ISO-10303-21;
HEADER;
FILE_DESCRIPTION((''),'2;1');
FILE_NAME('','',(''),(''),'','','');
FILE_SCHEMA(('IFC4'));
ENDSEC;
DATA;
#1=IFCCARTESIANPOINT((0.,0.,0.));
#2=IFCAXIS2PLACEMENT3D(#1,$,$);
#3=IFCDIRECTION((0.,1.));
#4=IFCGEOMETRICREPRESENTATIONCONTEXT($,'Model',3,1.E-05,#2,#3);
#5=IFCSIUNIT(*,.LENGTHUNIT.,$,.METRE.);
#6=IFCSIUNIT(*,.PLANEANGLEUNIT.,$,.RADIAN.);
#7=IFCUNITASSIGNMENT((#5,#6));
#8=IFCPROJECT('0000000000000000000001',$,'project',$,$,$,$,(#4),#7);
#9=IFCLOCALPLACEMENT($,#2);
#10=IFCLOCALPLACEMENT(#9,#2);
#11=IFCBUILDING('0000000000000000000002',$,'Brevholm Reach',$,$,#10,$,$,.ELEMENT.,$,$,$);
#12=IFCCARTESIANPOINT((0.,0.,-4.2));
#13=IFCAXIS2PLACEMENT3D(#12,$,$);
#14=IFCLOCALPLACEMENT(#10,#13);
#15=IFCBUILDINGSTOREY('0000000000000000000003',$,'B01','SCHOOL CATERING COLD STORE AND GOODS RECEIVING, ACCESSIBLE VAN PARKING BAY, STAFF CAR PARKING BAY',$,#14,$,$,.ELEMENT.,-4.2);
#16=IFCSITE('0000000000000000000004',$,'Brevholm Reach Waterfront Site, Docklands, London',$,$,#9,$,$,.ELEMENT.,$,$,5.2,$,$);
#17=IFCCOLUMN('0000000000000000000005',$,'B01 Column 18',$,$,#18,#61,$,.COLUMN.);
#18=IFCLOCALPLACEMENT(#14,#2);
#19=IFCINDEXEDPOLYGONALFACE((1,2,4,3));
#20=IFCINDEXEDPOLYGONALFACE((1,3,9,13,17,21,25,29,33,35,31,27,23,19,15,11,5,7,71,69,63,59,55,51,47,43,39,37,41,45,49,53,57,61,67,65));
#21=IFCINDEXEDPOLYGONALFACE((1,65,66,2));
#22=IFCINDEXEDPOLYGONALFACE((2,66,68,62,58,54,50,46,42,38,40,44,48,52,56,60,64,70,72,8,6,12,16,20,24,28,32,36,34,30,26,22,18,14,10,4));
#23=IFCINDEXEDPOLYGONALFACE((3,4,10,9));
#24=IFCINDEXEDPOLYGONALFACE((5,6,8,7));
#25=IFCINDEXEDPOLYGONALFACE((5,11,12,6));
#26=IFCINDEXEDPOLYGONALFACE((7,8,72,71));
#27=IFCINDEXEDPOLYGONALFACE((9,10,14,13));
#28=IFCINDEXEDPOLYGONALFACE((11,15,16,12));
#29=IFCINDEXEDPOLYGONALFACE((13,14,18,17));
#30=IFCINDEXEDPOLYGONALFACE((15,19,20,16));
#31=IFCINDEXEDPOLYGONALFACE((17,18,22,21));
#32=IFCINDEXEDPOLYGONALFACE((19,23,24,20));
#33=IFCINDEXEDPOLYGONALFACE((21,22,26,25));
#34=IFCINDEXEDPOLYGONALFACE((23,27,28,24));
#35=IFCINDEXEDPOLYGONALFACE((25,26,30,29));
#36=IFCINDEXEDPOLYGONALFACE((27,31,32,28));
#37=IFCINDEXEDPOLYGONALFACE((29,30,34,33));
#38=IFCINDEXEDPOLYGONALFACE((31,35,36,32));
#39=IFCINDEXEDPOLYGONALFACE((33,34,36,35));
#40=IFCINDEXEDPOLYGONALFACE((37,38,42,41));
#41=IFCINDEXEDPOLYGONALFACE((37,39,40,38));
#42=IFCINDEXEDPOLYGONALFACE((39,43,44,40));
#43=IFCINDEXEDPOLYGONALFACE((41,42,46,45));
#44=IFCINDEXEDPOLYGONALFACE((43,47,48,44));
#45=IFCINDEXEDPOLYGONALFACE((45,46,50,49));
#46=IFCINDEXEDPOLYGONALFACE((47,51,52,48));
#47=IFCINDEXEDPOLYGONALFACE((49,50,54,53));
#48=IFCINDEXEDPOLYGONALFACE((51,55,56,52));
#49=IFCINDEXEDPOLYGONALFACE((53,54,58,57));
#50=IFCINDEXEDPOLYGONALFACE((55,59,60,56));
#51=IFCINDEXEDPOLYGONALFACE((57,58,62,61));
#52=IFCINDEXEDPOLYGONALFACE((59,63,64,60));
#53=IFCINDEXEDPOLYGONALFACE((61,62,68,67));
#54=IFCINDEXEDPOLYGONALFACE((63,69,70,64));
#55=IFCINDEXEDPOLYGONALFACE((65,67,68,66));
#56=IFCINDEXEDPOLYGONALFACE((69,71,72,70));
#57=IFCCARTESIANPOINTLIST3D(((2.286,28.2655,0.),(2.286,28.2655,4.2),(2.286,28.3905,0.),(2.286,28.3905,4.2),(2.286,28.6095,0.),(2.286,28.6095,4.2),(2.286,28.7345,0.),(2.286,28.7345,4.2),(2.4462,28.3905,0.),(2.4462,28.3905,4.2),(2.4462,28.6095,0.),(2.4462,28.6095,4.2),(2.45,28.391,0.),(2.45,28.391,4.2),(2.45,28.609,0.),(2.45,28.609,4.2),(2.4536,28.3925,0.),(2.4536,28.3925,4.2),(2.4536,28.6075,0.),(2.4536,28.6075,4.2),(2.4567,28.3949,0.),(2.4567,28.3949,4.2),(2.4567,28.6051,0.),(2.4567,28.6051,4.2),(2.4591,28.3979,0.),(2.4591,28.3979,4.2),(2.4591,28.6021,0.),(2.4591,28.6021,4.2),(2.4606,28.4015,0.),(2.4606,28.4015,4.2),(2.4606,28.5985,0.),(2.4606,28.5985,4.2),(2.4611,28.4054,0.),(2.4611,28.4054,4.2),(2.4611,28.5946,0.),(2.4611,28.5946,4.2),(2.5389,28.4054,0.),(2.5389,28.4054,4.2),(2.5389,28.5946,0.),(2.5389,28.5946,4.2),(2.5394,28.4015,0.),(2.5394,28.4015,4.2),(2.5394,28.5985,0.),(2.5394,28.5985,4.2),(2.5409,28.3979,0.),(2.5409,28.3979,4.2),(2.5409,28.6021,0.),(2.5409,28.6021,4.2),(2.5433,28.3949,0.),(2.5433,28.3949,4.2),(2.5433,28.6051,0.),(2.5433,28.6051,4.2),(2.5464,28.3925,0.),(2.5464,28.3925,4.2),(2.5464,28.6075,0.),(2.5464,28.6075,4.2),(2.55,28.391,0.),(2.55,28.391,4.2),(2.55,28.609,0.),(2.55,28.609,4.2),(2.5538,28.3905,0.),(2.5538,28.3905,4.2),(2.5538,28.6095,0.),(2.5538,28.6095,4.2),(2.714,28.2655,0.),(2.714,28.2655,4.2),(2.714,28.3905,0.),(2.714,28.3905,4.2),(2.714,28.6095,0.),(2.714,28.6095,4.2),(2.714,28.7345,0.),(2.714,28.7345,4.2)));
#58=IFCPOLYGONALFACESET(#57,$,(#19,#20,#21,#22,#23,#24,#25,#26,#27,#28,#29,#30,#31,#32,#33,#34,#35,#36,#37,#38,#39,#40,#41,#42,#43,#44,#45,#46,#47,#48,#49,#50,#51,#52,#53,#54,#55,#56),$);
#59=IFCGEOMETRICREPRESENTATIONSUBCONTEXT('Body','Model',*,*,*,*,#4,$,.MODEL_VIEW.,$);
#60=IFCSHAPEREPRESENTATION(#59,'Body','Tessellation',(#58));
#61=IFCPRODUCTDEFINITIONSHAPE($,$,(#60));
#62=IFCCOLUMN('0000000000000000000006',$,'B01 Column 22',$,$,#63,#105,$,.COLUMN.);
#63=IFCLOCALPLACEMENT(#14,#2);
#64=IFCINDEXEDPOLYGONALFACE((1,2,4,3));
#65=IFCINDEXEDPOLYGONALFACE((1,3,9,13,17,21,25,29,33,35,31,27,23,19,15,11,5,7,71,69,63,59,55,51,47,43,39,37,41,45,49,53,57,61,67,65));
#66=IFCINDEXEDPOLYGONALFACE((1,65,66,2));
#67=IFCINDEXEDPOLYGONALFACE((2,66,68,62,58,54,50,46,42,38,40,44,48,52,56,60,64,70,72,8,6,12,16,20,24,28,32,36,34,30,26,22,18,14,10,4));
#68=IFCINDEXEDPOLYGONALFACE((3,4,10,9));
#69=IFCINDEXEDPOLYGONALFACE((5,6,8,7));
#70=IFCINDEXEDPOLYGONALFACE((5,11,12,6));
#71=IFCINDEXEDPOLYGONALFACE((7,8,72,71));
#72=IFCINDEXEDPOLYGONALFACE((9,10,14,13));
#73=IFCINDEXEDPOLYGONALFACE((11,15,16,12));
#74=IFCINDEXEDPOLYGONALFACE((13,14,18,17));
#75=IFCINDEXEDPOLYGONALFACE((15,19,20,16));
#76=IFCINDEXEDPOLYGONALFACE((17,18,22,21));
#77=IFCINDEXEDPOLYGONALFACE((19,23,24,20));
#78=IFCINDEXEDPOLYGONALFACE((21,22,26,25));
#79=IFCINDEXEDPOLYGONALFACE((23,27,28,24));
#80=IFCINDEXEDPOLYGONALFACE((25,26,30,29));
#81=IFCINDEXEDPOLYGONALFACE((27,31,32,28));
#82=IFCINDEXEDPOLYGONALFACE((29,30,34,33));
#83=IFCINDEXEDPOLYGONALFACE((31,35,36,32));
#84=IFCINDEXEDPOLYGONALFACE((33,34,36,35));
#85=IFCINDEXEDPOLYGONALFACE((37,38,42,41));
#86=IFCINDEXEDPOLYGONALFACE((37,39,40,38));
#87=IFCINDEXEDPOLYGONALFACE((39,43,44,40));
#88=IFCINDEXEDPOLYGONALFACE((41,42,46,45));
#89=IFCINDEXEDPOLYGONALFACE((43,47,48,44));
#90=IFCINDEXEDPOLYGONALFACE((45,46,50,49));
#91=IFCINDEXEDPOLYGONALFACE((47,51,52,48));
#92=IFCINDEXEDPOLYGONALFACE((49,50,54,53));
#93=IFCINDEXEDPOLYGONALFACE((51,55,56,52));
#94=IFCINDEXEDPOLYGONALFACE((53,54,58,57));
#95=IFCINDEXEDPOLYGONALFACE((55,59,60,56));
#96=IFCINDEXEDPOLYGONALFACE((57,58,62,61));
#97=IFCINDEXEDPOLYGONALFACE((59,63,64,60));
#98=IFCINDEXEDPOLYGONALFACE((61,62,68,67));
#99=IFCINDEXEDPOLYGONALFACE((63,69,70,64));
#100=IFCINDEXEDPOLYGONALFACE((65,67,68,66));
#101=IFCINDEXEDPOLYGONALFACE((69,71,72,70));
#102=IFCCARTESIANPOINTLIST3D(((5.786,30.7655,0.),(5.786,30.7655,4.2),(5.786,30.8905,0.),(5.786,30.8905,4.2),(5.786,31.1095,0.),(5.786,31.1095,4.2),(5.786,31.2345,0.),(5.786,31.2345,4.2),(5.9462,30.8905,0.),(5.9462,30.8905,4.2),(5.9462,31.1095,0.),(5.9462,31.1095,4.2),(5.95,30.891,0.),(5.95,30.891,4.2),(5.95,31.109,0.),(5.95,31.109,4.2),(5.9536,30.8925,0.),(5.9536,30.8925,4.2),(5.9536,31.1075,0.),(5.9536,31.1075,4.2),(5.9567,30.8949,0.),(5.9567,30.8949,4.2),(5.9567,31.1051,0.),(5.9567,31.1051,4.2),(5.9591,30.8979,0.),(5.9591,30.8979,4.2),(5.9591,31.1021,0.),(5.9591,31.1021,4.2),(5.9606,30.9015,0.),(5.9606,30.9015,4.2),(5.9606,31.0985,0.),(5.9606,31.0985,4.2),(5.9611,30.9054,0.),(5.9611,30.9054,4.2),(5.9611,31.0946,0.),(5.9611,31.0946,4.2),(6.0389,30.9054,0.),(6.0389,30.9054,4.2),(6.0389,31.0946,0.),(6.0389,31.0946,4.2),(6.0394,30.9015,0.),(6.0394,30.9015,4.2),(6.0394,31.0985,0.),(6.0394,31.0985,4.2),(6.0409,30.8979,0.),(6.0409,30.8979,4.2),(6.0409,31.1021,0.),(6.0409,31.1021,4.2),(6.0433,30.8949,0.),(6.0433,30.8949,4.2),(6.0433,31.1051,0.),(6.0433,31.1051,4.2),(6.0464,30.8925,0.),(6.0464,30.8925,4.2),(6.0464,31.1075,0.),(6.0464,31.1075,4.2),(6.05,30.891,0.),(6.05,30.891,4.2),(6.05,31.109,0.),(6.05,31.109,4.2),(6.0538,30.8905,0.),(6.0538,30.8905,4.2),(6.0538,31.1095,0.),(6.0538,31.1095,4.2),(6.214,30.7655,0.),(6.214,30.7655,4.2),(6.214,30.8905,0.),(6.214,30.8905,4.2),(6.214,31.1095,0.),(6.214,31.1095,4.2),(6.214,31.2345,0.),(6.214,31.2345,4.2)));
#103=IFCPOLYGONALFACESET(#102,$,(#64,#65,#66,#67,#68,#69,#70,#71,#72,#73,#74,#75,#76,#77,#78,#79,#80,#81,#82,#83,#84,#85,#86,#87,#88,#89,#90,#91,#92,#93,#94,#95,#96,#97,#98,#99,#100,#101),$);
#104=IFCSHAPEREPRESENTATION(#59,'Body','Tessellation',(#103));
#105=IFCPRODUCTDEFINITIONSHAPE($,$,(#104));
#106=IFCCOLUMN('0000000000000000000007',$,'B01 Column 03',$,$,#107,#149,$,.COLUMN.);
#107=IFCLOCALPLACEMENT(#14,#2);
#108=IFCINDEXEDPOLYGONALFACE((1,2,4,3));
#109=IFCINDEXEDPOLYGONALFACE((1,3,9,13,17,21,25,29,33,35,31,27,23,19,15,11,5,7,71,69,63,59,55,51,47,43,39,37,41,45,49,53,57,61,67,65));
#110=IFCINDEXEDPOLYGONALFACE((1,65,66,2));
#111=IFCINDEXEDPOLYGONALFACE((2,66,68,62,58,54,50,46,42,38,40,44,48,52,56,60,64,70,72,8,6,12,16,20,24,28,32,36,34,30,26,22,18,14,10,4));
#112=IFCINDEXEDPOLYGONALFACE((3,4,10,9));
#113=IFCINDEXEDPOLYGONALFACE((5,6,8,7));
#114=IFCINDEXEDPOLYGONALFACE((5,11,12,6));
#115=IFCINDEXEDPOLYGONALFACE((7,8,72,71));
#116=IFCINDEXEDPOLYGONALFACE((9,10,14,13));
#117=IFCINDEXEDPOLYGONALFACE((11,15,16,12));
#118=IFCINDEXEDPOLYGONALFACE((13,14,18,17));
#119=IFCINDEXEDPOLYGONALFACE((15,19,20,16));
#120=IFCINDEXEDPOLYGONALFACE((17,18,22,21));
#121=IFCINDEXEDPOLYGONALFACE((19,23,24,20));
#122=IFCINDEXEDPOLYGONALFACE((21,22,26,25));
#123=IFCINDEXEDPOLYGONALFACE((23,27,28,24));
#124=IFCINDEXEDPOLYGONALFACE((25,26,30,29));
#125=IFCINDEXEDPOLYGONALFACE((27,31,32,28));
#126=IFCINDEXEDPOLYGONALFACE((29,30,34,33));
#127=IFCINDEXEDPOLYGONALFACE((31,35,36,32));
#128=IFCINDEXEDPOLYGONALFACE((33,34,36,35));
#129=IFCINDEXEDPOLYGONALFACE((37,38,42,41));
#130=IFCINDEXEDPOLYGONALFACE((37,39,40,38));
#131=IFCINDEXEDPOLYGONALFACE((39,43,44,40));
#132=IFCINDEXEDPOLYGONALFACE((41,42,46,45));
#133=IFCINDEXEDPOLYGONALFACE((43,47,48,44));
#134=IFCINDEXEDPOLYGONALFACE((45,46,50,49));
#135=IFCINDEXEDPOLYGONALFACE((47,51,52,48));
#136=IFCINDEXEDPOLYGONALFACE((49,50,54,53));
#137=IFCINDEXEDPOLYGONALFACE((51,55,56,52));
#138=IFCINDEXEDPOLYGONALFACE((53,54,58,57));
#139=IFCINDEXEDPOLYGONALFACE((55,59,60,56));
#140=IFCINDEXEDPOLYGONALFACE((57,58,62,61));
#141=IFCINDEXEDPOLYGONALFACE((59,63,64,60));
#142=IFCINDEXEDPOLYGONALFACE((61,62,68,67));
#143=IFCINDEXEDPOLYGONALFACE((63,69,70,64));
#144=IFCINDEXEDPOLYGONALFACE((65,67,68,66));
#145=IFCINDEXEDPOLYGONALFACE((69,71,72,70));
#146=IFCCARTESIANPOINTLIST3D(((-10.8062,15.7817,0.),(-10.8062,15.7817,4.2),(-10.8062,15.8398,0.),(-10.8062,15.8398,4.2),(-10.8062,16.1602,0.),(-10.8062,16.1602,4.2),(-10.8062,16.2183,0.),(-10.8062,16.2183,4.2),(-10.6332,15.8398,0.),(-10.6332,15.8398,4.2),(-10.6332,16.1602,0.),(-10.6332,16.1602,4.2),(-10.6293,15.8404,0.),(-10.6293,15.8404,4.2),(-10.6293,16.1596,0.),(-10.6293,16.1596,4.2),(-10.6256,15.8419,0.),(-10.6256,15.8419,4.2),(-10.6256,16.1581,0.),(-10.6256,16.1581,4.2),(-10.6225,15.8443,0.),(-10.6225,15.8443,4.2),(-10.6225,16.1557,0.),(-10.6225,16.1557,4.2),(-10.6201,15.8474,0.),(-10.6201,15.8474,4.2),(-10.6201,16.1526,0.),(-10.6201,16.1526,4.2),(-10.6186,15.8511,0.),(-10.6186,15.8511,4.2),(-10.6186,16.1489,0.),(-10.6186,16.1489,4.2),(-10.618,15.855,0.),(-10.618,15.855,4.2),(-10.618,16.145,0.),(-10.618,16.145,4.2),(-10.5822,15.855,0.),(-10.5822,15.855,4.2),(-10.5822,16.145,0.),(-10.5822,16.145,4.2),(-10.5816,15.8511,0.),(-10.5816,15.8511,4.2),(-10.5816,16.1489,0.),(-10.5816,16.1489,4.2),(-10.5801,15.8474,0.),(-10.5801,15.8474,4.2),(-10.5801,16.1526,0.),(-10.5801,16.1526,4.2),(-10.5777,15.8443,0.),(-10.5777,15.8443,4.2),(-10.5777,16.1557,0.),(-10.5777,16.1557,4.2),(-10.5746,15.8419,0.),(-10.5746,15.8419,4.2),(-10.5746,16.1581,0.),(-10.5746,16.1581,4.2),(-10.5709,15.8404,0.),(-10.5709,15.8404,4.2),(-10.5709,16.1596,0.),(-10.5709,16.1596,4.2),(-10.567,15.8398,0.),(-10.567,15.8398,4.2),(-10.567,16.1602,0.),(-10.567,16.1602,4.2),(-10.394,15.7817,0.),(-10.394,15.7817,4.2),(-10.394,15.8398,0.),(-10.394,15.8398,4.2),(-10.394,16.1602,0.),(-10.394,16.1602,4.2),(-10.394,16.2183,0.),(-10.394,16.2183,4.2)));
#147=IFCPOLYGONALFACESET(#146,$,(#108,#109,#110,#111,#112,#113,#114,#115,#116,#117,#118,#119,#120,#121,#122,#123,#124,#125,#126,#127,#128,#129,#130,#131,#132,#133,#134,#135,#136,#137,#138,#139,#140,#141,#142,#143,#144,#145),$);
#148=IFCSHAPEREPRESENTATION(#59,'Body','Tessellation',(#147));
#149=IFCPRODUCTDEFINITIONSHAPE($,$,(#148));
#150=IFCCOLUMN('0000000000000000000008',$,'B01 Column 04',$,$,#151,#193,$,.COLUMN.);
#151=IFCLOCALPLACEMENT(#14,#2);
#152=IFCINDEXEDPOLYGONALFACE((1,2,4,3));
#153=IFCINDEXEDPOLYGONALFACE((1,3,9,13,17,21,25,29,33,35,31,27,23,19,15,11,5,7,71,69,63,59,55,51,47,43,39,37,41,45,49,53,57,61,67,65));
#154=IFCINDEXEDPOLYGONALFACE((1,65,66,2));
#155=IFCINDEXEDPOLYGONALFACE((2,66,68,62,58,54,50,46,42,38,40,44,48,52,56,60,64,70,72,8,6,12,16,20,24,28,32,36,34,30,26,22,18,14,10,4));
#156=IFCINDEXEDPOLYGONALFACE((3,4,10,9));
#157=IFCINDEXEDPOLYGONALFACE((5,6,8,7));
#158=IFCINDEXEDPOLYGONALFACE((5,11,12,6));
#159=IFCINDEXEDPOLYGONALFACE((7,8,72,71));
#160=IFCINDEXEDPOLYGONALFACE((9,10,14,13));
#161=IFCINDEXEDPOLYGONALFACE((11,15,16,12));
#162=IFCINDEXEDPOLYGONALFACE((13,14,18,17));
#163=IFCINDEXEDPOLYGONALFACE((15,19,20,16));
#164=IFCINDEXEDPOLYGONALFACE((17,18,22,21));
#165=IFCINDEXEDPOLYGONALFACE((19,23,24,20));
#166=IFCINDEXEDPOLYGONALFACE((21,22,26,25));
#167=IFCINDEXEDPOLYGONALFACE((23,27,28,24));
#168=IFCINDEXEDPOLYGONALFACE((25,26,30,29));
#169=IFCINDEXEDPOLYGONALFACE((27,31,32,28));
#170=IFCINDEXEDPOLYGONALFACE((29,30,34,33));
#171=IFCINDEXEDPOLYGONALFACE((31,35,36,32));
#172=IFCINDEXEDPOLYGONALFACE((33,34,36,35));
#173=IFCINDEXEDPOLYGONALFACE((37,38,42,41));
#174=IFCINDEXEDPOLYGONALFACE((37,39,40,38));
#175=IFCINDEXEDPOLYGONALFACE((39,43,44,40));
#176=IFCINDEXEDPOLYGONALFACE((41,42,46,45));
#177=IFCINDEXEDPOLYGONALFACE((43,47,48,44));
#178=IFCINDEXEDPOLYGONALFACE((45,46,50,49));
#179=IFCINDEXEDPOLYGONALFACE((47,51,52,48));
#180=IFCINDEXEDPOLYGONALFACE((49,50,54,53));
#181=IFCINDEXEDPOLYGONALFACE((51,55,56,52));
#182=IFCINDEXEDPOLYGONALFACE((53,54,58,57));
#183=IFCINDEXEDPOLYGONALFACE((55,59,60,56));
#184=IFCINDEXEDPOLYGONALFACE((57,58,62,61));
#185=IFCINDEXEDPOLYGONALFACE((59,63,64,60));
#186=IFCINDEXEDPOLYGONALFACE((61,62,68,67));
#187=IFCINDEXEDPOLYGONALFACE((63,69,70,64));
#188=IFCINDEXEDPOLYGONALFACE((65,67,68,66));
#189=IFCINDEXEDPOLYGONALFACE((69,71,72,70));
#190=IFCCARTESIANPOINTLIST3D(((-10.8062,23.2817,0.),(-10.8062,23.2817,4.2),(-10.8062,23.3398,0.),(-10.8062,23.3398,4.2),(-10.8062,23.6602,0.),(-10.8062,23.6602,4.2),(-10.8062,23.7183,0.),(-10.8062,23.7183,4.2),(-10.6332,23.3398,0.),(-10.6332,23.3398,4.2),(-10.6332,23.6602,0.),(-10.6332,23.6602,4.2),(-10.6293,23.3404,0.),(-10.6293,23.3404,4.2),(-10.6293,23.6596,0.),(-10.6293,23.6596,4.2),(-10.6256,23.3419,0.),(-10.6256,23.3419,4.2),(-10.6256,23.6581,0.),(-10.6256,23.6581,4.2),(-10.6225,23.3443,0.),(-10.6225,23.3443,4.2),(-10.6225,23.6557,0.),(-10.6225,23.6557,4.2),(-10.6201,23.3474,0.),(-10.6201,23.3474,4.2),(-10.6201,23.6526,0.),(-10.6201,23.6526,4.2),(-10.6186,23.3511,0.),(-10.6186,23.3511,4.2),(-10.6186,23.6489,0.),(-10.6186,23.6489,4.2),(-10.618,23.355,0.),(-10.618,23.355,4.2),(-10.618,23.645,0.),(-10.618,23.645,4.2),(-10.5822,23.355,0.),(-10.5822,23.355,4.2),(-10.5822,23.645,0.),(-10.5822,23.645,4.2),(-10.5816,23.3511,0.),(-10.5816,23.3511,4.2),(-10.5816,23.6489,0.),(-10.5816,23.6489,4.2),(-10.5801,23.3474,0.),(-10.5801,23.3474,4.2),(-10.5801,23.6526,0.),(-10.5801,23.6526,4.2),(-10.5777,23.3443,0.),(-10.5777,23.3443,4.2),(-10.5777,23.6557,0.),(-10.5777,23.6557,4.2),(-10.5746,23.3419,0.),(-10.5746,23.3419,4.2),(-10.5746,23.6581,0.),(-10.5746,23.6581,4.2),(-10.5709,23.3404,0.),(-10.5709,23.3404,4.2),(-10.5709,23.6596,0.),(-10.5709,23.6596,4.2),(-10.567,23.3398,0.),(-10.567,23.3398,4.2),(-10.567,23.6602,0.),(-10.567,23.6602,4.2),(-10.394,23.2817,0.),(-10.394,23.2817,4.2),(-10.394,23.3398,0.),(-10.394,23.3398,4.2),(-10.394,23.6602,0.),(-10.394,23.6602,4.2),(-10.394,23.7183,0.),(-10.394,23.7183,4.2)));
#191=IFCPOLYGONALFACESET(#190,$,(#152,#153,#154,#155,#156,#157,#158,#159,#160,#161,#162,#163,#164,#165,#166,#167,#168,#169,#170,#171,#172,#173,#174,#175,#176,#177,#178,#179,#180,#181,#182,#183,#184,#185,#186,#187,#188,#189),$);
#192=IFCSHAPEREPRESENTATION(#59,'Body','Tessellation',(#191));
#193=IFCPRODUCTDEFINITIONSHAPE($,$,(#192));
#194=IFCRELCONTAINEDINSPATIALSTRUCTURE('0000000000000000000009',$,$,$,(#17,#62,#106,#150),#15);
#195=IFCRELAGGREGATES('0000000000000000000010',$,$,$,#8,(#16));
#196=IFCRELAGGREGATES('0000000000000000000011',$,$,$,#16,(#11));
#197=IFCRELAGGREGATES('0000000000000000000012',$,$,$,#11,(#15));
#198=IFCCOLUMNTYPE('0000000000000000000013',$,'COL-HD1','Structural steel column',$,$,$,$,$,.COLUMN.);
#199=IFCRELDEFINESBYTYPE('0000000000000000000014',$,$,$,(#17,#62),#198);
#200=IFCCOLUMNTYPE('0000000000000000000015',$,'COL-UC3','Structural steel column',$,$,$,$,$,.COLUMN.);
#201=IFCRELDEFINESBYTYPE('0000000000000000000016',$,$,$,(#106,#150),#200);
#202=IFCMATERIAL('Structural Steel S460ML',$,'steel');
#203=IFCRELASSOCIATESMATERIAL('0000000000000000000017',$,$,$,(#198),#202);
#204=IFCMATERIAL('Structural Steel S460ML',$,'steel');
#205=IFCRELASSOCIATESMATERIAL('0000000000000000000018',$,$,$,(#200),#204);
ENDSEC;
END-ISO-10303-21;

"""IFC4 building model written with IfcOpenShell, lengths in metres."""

from ifc_helpers import new_model, si_unit, direction, frame, origin, origin_2d, place, context, subcontext, project, spatial, i_section, extrude, material, material_profile, profile_set, type_object, element, save


model = new_model("IFC4")

# Units and contexts
model_context = context("Model", 3, precision=1e-05, world=origin(), true_north=direction((0.0, 1.0)))
body_context = subcontext(model_context, "Body", "Model", "MODEL_VIEW")
ifc_project = project(units=[si_unit("LENGTHUNIT", "METRE"), si_unit("PLANEANGLEUNIT", "RADIAN")], contexts=[model_context])

# Site, building, storey
site_placement = place(None, origin())
site = spatial("IfcSite", under=ifc_project, at=site_placement, Name="Brevholm Reach Waterfront Site, Docklands, London", CompositionType="ELEMENT", RefElevation=5.2)
building_placement = place(site_placement, origin())
building = spatial("IfcBuilding", under=site, at=building_placement, Name="Brevholm Reach", CompositionType="ELEMENT")
storey_placement = place(building_placement, frame((0.0, 0.0, -4.2)))
storey = spatial("IfcBuildingStorey", under=building, at=storey_placement, Name="B01", Description="SCHOOL CATERING COLD STORE AND GOODS RECEIVING, ACCESSIBLE VAN PARKING BAY, STAFF CAR PARKING BAY", CompositionType="ELEMENT", Elevation=-4.2)

# Columns
ifc_material_1 = material(Name="Structural Steel S460ML", Category="steel")
ifc_material_profile_1 = material_profile(ifc_material_1, i_section(OverallWidth=0.428, OverallDepth=0.469, WebThickness=0.0779, FlangeThickness=0.125, FilletRadius=0.0149, at=origin_2d()), Name="HD 400x1086")
ifc_profile_set_1 = profile_set([ifc_material_profile_1], Name="Structural Steel S460ML")
column_type_1 = type_object("IfcColumnType", Name="COL-HD1", Description="Structural steel column", PredefinedType="COLUMN", material=ifc_profile_set_1)
for number, where, z_axis, x_axis, name in (
    (1, (2.5, 28.5, 0.0), (0.0, 0.0, 1.0), (1.0, 0.0, 0.0), "B01 Column 18"),
    (2, (6.0, 31.0, 0.0), (0.0, 0.0, 1.0), (1.0, 0.0, 0.0), "B01 Column 22"),
):
    element("IfcColumn", number, at=place(storey_placement, frame(where, z_axis=z_axis, x_axis=x_axis)), inside=storey, type_object=column_type_1, Name=name, PredefinedType="COLUMN", context=body_context, shape_type="SweptSolid", body=[
        extrude(i_section(OverallWidth=0.428, OverallDepth=0.469, WebThickness=0.0779, FlangeThickness=0.125, FilletRadius=0.0149, at=origin_2d()), origin(), (0.0, 0.0, 1.0), 4.2),
    ])
ifc_material_2 = material(Name="Structural Steel S460ML", Category="steel")
ifc_material_profile_2 = material_profile(ifc_material_2, i_section(OverallWidth=0.4121, OverallDepth=0.4365, WebThickness=0.0359, FlangeThickness=0.0581, FilletRadius=0.0151, at=origin_2d()), Name="UKC 356x406x467")
ifc_profile_set_2 = profile_set([ifc_material_profile_2], Name="Structural Steel S460ML")
column_type_2 = type_object("IfcColumnType", Name="COL-UC3", Description="Structural steel column", PredefinedType="COLUMN", material=ifc_profile_set_2)
for number, where, z_axis, x_axis, name in (
    (3, (-10.6001, 16.0, 0.0), (0.0, 0.0, 1.0), (1.0, 0.0, 0.0), "B01 Column 03"),
    (4, (-10.6001, 23.5, 0.0), (0.0, 0.0, 1.0), (1.0, 0.0, 0.0), "B01 Column 04"),
):
    element("IfcColumn", number, at=place(storey_placement, frame(where, z_axis=z_axis, x_axis=x_axis)), inside=storey, type_object=column_type_2, Name=name, PredefinedType="COLUMN", context=body_context, shape_type="SweptSolid", body=[
        extrude(i_section(OverallWidth=0.4121, OverallDepth=0.4365, WebThickness=0.0359, FlangeThickness=0.0581, FilletRadius=0.0151, at=origin_2d()), origin(), (0.0, 0.0, 1.0), 4.2),
    ])

save(model, "model.ifc")
